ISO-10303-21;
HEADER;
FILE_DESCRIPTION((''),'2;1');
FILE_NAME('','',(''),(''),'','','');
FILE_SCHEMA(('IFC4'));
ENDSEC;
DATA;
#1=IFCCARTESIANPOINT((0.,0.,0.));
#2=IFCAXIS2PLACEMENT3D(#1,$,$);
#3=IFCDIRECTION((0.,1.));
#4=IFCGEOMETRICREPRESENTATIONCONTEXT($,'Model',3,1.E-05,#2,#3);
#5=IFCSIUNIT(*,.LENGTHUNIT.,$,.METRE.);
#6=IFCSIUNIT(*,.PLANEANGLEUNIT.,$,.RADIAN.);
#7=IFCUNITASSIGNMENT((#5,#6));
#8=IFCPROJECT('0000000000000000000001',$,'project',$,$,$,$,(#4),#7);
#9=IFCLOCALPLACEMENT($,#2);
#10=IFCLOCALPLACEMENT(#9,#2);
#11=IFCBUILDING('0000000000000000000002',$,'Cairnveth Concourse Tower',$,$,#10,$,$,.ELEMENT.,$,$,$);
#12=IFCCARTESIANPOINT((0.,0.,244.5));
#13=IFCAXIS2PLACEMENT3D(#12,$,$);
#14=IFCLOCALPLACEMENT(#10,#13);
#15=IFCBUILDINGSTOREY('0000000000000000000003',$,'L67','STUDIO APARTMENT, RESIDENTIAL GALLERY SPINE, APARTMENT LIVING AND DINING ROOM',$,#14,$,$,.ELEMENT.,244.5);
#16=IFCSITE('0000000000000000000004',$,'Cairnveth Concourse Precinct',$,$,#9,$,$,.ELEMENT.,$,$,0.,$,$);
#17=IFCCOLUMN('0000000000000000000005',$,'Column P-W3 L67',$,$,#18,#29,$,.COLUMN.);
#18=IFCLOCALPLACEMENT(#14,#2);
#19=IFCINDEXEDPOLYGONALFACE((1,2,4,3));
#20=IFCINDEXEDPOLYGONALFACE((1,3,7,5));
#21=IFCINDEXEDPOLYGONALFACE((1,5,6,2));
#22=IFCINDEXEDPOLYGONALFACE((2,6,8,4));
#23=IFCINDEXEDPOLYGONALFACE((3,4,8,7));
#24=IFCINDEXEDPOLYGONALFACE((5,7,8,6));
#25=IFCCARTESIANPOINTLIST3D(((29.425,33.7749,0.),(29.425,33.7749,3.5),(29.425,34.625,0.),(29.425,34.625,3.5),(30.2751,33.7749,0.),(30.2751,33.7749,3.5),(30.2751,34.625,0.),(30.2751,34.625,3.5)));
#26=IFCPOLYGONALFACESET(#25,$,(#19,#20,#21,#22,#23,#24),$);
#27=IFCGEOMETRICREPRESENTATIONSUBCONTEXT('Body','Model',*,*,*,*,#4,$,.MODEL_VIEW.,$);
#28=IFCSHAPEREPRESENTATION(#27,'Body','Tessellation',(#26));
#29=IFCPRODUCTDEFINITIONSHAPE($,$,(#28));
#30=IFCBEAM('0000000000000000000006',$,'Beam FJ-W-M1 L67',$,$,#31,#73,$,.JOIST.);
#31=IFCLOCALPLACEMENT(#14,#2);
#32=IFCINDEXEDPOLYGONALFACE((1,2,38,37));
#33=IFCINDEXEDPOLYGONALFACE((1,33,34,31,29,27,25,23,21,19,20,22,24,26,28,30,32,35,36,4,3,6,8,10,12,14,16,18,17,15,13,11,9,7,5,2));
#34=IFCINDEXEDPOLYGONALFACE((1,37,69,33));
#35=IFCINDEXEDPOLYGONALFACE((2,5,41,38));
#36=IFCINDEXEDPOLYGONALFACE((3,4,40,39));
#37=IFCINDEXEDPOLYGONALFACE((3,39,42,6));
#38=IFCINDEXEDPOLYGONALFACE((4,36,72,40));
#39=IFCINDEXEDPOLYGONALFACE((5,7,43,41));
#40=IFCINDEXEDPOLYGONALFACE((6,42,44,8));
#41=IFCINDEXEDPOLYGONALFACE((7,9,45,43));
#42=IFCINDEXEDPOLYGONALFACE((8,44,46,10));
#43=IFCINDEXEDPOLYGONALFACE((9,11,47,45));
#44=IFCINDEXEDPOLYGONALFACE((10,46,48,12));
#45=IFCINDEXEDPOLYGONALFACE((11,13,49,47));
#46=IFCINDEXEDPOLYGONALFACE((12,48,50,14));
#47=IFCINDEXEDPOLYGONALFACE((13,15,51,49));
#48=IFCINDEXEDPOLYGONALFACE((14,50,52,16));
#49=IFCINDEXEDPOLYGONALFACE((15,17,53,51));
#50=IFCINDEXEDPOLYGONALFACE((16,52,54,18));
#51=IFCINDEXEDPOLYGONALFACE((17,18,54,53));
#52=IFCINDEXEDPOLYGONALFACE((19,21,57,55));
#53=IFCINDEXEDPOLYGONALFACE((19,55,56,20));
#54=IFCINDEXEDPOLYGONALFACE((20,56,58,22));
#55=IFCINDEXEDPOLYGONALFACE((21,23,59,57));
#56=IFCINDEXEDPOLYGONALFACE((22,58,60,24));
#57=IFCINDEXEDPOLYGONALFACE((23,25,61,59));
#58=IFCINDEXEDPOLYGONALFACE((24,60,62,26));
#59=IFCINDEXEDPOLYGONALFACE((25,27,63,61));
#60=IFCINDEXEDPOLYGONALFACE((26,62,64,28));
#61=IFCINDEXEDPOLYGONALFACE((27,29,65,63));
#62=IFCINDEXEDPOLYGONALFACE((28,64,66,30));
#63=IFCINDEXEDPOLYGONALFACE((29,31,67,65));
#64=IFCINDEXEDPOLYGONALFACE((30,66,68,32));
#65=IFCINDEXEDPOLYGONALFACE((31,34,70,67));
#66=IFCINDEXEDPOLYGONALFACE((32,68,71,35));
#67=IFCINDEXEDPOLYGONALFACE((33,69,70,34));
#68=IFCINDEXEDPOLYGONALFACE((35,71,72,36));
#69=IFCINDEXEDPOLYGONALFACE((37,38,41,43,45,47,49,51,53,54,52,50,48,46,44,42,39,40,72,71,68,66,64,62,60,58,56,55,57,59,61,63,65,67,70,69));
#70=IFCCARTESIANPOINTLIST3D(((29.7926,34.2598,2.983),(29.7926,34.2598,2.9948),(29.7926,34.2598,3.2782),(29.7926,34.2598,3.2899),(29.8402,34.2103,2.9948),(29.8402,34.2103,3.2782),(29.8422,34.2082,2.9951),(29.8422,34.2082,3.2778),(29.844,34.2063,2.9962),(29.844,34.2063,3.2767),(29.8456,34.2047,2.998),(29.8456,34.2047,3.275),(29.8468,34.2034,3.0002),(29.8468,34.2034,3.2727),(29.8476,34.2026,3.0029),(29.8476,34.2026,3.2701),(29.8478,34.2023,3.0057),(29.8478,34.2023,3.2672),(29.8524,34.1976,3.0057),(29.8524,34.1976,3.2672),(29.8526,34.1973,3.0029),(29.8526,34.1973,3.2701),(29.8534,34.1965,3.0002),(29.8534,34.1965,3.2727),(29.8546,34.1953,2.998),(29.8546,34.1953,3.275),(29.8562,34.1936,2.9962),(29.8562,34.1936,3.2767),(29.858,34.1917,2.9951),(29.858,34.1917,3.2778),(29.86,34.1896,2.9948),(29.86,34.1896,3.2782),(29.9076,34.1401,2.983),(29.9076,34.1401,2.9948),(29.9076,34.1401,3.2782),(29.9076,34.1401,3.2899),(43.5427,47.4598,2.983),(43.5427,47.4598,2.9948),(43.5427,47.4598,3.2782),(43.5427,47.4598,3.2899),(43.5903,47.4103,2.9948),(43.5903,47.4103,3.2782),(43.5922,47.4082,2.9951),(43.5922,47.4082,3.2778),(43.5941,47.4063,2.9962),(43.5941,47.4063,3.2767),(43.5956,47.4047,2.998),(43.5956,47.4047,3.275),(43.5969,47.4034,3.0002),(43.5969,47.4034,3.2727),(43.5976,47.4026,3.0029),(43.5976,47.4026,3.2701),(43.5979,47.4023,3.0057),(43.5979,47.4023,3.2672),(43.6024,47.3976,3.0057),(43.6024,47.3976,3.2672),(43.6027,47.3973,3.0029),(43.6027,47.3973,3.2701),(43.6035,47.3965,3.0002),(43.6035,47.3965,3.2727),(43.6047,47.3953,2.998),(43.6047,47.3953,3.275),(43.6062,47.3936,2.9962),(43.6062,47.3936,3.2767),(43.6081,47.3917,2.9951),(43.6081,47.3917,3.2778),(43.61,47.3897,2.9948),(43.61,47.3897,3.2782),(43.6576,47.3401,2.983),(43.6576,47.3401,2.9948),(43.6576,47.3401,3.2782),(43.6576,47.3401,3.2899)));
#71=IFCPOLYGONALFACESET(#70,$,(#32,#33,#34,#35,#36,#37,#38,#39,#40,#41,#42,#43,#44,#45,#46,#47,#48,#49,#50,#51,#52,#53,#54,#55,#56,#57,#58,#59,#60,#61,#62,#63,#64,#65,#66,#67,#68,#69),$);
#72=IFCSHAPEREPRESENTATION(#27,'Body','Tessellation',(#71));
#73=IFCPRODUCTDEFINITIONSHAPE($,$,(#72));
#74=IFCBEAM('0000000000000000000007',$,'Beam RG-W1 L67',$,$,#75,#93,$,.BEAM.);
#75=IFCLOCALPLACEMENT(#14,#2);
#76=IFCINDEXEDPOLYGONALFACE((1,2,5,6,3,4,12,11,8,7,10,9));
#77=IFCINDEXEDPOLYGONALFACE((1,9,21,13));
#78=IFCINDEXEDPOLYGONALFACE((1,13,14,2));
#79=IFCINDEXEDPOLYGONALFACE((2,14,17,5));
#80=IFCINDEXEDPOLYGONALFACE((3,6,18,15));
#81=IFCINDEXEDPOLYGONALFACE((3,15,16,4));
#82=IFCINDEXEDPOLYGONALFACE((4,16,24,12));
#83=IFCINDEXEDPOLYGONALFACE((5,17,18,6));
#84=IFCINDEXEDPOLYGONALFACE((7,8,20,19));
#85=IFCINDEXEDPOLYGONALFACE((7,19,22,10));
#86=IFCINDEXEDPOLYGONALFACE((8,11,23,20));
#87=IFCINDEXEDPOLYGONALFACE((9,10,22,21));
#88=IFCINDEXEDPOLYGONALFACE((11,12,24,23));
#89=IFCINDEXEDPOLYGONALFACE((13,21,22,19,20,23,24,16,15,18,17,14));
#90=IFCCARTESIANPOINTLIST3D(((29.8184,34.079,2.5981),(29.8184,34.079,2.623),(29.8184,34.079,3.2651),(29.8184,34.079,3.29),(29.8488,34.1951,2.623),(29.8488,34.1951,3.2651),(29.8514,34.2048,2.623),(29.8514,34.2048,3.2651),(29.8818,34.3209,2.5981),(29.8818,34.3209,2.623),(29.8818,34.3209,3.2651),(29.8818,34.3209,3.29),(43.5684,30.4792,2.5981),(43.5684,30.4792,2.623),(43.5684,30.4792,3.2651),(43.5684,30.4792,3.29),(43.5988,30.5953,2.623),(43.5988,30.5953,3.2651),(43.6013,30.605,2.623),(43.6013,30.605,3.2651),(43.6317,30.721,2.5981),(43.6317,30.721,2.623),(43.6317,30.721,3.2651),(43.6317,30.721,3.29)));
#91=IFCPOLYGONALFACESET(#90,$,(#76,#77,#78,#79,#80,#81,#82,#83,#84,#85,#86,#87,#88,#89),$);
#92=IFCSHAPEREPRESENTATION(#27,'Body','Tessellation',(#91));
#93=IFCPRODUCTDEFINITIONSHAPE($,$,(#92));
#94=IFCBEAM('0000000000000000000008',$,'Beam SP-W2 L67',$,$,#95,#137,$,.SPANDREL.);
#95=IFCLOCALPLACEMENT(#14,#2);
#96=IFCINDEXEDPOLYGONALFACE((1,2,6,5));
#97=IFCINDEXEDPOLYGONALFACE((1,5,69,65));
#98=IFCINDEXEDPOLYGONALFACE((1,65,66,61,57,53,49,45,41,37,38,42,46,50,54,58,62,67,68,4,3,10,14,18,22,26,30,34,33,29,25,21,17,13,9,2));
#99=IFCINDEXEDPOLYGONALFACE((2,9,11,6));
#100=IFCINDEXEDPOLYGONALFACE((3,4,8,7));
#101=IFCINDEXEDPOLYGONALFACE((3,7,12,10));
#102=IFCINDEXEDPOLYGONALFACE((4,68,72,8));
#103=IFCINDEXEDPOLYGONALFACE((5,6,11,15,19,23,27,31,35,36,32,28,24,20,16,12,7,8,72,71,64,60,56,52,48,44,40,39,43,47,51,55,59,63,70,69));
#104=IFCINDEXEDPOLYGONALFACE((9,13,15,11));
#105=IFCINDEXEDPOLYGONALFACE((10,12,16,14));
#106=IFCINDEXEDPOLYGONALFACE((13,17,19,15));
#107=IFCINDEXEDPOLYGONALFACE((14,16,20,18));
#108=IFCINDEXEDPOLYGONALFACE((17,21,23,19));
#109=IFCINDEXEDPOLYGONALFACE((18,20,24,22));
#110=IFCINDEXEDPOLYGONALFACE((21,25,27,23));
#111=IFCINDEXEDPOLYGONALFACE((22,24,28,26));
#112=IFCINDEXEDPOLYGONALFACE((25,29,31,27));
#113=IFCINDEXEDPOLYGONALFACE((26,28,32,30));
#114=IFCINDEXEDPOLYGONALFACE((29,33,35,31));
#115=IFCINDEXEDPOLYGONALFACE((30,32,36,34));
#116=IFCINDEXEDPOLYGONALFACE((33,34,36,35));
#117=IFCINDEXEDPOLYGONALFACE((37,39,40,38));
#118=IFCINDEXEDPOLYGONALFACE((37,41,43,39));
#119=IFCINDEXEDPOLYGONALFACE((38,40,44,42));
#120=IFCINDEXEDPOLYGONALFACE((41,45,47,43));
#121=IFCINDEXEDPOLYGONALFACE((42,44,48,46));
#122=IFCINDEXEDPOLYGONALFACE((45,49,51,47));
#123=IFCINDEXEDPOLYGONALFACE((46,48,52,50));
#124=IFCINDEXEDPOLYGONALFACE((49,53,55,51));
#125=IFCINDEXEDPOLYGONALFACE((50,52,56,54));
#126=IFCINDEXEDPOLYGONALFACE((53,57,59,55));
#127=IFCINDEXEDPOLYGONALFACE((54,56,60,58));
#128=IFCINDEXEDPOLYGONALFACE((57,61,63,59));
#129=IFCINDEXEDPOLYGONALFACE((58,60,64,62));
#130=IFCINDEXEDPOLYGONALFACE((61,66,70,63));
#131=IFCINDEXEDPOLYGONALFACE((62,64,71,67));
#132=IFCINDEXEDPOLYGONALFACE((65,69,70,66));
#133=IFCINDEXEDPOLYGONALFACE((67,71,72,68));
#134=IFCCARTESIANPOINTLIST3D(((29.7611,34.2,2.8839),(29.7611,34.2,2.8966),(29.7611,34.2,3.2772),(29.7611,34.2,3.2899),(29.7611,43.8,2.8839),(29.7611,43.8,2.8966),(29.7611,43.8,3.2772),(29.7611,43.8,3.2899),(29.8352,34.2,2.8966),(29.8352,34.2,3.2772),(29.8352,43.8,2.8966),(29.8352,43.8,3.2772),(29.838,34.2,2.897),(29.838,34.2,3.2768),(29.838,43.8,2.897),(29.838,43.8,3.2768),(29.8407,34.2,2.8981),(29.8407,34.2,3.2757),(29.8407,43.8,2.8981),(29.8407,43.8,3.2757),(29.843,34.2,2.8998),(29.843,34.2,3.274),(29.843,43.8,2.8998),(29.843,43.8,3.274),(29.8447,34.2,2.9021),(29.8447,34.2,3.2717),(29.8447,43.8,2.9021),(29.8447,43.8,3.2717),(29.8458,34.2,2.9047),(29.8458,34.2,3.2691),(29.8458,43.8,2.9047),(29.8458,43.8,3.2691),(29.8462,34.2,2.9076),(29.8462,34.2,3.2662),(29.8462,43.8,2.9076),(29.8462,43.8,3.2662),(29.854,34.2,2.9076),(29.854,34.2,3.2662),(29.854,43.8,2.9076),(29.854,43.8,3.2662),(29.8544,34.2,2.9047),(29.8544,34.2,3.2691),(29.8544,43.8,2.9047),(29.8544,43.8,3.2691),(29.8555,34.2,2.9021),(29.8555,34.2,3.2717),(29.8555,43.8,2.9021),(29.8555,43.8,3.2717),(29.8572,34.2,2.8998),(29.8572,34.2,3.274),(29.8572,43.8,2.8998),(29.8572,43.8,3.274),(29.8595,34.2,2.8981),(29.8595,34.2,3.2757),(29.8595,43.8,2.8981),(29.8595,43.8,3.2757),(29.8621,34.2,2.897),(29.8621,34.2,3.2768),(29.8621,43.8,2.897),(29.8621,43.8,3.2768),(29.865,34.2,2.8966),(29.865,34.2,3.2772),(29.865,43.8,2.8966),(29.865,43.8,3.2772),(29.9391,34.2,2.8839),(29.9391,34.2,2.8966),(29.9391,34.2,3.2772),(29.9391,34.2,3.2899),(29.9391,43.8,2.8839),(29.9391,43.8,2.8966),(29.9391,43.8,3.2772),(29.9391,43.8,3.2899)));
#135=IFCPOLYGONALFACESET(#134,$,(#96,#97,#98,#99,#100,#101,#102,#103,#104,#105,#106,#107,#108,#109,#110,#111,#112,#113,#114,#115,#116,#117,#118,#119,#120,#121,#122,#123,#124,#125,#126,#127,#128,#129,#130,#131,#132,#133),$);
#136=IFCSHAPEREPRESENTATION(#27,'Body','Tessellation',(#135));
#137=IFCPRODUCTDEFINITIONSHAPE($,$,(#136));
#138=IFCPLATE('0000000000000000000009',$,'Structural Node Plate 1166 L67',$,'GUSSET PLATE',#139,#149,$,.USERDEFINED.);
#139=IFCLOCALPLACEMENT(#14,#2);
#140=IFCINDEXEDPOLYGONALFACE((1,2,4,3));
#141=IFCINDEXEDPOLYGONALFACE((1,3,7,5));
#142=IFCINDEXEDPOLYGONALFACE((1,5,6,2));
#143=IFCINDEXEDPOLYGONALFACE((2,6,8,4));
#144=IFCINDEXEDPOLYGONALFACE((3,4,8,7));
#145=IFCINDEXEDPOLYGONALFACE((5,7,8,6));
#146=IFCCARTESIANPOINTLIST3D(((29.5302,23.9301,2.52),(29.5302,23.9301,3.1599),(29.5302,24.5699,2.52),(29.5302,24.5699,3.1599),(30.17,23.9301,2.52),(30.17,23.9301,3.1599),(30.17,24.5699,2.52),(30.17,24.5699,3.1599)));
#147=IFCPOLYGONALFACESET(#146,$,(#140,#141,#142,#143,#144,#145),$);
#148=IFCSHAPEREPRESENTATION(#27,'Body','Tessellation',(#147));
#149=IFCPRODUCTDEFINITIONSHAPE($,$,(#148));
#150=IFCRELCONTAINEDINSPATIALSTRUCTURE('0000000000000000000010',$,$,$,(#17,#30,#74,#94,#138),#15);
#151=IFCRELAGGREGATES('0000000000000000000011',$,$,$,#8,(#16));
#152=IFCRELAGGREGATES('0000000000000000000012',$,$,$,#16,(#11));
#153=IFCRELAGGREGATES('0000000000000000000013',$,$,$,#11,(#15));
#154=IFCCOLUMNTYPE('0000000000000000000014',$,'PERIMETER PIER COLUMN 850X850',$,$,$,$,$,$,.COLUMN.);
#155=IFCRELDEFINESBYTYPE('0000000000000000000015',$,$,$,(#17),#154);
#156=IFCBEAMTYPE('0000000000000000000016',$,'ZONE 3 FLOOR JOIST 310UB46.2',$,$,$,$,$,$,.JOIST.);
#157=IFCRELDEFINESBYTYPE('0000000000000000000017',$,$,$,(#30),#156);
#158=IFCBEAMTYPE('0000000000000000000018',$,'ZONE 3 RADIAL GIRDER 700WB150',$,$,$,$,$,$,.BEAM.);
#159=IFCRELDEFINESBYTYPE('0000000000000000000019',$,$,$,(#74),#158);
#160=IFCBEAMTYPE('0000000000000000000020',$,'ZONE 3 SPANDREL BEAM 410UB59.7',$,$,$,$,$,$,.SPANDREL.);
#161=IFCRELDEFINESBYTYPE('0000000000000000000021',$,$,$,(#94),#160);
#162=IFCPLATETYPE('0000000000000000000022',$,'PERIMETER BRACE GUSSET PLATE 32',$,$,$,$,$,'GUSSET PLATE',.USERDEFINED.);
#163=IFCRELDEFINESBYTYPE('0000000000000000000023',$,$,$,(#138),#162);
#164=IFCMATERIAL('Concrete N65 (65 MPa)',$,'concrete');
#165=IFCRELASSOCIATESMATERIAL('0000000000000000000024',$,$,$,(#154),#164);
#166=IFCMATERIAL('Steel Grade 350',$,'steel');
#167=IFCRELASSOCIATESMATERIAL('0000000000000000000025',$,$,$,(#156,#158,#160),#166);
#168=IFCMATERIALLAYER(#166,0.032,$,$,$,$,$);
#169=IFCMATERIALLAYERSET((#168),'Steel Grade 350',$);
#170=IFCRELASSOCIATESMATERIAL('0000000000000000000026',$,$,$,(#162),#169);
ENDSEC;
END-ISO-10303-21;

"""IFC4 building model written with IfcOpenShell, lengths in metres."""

from ifc_helpers import new_model, si_unit, direction, frame, origin, origin_2d, place, context, subcontext, project, spatial, rectangle, i_section, extrude, material, layer, layer_set, material_profile, profile_set, type_object, element, save


model = new_model("IFC4")

# Units and contexts
model_context = context("Model", 3, precision=1e-05, world=origin(), true_north=direction((0.0, 1.0)))
body_context = subcontext(model_context, "Body", "Model", "MODEL_VIEW")
ifc_project = project(units=[si_unit("LENGTHUNIT", "METRE"), si_unit("PLANEANGLEUNIT", "RADIAN")], contexts=[model_context])

# Site, building, storey
site_placement = place(None, origin())
site = spatial("IfcSite", under=ifc_project, at=site_placement, Name="Cairnveth Concourse Precinct", CompositionType="ELEMENT", RefElevation=0.0)
building_placement = place(site_placement, origin())
building = spatial("IfcBuilding", under=site, at=building_placement, Name="Cairnveth Concourse Tower", CompositionType="ELEMENT")
storey_placement = place(building_placement, frame((0.0, 0.0, 244.5)))
storey = spatial("IfcBuildingStorey", under=building, at=storey_placement, Name="L67", Description="STUDIO APARTMENT, RESIDENTIAL GALLERY SPINE, APARTMENT LIVING AND DINING ROOM", CompositionType="ELEMENT", Elevation=244.5)

# Column
ifc_material_1 = material(Name="Concrete N65 (65 MPa)", Category="concrete")
ifc_material_profile_1 = material_profile(ifc_material_1, rectangle(XDim=0.8501, YDim=0.8501, at=origin_2d()), Name="RC-COL-850x850")
ifc_profile_set_1 = profile_set([ifc_material_profile_1], Name="Concrete N65 (65 MPa)")
column_type = type_object("IfcColumnType", Name="PERIMETER PIER COLUMN 850X850", PredefinedType="COLUMN", material=ifc_profile_set_1)
column_placement = place(storey_placement, frame((29.8501, 34.2, 0.0), z_axis=(0.0, 0.0, 1.0), x_axis=(0.0, 1.0, 0.0)))
element("IfcColumn", 1, at=column_placement, inside=storey, type_object=column_type, Name="Column P-W3 L67", PredefinedType="COLUMN", context=body_context, shape_type="SweptSolid", body=[
    extrude(rectangle(XDim=0.8501, YDim=0.8501, at=origin_2d()), origin(), (0.0, 0.0, 1.0), 3.5),
])

# Beams
ifc_material_2 = material(Name="Steel Grade 350", Category="steel")
ifc_material_profile_2 = material_profile(ifc_material_2, i_section(OverallWidth=0.166, OverallDepth=0.3069, WebThickness=0.0066, FlangeThickness=0.0117, FilletRadius=0.011, at=origin_2d()), Name="310UB46.2")
ifc_profile_set_2 = profile_set([ifc_material_profile_2], Name="Steel Grade 350")
beam_type_1 = type_object("IfcBeamType", Name="ZONE 3 FLOOR JOIST 310UB46.2", PredefinedType="JOIST", material=ifc_profile_set_2)
beam_1_placement = place(storey_placement, frame((29.8501, 34.2, 3.1365), z_axis=(0.721389, 0.69253, 0.0), x_axis=(-0.69253, 0.721389, 0.0)))
element("IfcBeam", 2, at=beam_1_placement, inside=storey, type_object=beam_type_1, Name="Beam FJ-W-M1 L67", PredefinedType="JOIST", context=body_context, shape_type="SweptSolid", body=[
    extrude(i_section(OverallWidth=0.166, OverallDepth=0.3069, WebThickness=0.0066, FlangeThickness=0.0117, FilletRadius=0.011, at=origin_2d()), origin(), (0.0, 0.0, 1.0), 19.0605),
])
ifc_material_profile_3 = material_profile(ifc_material_2, i_section(OverallWidth=0.25, OverallDepth=0.6919, WebThickness=0.01, FlangeThickness=0.0249, at=origin_2d()), Name="700WB150")
ifc_profile_set_3 = profile_set([ifc_material_profile_3], Name="Steel Grade 350")
beam_type_2 = type_object("IfcBeamType", Name="ZONE 3 RADIAL GIRDER 700WB150", PredefinedType="BEAM", material=ifc_profile_set_3)
beam_2_placement = place(storey_placement, frame((29.8501, 34.2, 2.9441), z_axis=(0.967395, -0.253271, 0.0), x_axis=(0.253271, 0.967395, 0.0)))
element("IfcBeam", 3, at=beam_2_placement, inside=storey, type_object=beam_type_2, Name="Beam RG-W1 L67", PredefinedType="BEAM", context=body_context, shape_type="SweptSolid", body=[
    extrude(i_section(OverallWidth=0.25, OverallDepth=0.6919, WebThickness=0.01, FlangeThickness=0.0249, at=origin_2d()), origin(), (0.0, 0.0, 1.0), 14.2134),
])
ifc_material_profile_4 = material_profile(ifc_material_2, i_section(OverallWidth=0.178, OverallDepth=0.406, WebThickness=0.0078, FlangeThickness=0.0127, FilletRadius=0.011, at=origin_2d()), Name="410UB59.7")
ifc_profile_set_4 = profile_set([ifc_material_profile_4], Name="Steel Grade 350")
beam_type_3 = type_object("IfcBeamType", Name="ZONE 3 SPANDREL BEAM 410UB59.7", PredefinedType="SPANDREL", material=ifc_profile_set_4)
beam_3_placement = place(storey_placement, frame((29.8501, 34.2, 3.0869), z_axis=(0.0, 1.0, 0.0), x_axis=(-1.0, 0.0, 0.0)))
element("IfcBeam", 4, at=beam_3_placement, inside=storey, type_object=beam_type_3, Name="Beam SP-W2 L67", PredefinedType="SPANDREL", context=body_context, shape_type="SweptSolid", body=[
    extrude(i_section(OverallWidth=0.178, OverallDepth=0.406, WebThickness=0.0078, FlangeThickness=0.0127, FilletRadius=0.011, at=origin_2d()), origin(), (0.0, 0.0, 1.0), 9.6001),
])

# Plate
ifc_layer_1 = layer(ifc_material_2, 0.032)
ifc_layer_set_1 = layer_set([ifc_layer_1], Name="Steel Grade 350")
plate_type = type_object("IfcPlateType", Name="PERIMETER BRACE GUSSET PLATE 32", ElementType="GUSSET PLATE", PredefinedType="USERDEFINED", material=ifc_layer_set_1)
plate_placement = place(storey_placement, frame((29.8501, 24.25, 2.52), z_axis=(0.0, 0.0, 1.0), x_axis=(1.0, 0.0, 0.0)))
element("IfcPlate", 5, at=plate_placement, inside=storey, type_object=plate_type, Name="Structural Node Plate 1166 L67", ObjectType="GUSSET PLATE", PredefinedType="USERDEFINED", context=body_context, shape_type="SweptSolid", body=[
    extrude(rectangle(XDim=0.6399, YDim=0.6399, at=origin_2d()), origin(), (0.0, 0.0, 1.0), 0.6399),
])

save(model, "model.ifc")
